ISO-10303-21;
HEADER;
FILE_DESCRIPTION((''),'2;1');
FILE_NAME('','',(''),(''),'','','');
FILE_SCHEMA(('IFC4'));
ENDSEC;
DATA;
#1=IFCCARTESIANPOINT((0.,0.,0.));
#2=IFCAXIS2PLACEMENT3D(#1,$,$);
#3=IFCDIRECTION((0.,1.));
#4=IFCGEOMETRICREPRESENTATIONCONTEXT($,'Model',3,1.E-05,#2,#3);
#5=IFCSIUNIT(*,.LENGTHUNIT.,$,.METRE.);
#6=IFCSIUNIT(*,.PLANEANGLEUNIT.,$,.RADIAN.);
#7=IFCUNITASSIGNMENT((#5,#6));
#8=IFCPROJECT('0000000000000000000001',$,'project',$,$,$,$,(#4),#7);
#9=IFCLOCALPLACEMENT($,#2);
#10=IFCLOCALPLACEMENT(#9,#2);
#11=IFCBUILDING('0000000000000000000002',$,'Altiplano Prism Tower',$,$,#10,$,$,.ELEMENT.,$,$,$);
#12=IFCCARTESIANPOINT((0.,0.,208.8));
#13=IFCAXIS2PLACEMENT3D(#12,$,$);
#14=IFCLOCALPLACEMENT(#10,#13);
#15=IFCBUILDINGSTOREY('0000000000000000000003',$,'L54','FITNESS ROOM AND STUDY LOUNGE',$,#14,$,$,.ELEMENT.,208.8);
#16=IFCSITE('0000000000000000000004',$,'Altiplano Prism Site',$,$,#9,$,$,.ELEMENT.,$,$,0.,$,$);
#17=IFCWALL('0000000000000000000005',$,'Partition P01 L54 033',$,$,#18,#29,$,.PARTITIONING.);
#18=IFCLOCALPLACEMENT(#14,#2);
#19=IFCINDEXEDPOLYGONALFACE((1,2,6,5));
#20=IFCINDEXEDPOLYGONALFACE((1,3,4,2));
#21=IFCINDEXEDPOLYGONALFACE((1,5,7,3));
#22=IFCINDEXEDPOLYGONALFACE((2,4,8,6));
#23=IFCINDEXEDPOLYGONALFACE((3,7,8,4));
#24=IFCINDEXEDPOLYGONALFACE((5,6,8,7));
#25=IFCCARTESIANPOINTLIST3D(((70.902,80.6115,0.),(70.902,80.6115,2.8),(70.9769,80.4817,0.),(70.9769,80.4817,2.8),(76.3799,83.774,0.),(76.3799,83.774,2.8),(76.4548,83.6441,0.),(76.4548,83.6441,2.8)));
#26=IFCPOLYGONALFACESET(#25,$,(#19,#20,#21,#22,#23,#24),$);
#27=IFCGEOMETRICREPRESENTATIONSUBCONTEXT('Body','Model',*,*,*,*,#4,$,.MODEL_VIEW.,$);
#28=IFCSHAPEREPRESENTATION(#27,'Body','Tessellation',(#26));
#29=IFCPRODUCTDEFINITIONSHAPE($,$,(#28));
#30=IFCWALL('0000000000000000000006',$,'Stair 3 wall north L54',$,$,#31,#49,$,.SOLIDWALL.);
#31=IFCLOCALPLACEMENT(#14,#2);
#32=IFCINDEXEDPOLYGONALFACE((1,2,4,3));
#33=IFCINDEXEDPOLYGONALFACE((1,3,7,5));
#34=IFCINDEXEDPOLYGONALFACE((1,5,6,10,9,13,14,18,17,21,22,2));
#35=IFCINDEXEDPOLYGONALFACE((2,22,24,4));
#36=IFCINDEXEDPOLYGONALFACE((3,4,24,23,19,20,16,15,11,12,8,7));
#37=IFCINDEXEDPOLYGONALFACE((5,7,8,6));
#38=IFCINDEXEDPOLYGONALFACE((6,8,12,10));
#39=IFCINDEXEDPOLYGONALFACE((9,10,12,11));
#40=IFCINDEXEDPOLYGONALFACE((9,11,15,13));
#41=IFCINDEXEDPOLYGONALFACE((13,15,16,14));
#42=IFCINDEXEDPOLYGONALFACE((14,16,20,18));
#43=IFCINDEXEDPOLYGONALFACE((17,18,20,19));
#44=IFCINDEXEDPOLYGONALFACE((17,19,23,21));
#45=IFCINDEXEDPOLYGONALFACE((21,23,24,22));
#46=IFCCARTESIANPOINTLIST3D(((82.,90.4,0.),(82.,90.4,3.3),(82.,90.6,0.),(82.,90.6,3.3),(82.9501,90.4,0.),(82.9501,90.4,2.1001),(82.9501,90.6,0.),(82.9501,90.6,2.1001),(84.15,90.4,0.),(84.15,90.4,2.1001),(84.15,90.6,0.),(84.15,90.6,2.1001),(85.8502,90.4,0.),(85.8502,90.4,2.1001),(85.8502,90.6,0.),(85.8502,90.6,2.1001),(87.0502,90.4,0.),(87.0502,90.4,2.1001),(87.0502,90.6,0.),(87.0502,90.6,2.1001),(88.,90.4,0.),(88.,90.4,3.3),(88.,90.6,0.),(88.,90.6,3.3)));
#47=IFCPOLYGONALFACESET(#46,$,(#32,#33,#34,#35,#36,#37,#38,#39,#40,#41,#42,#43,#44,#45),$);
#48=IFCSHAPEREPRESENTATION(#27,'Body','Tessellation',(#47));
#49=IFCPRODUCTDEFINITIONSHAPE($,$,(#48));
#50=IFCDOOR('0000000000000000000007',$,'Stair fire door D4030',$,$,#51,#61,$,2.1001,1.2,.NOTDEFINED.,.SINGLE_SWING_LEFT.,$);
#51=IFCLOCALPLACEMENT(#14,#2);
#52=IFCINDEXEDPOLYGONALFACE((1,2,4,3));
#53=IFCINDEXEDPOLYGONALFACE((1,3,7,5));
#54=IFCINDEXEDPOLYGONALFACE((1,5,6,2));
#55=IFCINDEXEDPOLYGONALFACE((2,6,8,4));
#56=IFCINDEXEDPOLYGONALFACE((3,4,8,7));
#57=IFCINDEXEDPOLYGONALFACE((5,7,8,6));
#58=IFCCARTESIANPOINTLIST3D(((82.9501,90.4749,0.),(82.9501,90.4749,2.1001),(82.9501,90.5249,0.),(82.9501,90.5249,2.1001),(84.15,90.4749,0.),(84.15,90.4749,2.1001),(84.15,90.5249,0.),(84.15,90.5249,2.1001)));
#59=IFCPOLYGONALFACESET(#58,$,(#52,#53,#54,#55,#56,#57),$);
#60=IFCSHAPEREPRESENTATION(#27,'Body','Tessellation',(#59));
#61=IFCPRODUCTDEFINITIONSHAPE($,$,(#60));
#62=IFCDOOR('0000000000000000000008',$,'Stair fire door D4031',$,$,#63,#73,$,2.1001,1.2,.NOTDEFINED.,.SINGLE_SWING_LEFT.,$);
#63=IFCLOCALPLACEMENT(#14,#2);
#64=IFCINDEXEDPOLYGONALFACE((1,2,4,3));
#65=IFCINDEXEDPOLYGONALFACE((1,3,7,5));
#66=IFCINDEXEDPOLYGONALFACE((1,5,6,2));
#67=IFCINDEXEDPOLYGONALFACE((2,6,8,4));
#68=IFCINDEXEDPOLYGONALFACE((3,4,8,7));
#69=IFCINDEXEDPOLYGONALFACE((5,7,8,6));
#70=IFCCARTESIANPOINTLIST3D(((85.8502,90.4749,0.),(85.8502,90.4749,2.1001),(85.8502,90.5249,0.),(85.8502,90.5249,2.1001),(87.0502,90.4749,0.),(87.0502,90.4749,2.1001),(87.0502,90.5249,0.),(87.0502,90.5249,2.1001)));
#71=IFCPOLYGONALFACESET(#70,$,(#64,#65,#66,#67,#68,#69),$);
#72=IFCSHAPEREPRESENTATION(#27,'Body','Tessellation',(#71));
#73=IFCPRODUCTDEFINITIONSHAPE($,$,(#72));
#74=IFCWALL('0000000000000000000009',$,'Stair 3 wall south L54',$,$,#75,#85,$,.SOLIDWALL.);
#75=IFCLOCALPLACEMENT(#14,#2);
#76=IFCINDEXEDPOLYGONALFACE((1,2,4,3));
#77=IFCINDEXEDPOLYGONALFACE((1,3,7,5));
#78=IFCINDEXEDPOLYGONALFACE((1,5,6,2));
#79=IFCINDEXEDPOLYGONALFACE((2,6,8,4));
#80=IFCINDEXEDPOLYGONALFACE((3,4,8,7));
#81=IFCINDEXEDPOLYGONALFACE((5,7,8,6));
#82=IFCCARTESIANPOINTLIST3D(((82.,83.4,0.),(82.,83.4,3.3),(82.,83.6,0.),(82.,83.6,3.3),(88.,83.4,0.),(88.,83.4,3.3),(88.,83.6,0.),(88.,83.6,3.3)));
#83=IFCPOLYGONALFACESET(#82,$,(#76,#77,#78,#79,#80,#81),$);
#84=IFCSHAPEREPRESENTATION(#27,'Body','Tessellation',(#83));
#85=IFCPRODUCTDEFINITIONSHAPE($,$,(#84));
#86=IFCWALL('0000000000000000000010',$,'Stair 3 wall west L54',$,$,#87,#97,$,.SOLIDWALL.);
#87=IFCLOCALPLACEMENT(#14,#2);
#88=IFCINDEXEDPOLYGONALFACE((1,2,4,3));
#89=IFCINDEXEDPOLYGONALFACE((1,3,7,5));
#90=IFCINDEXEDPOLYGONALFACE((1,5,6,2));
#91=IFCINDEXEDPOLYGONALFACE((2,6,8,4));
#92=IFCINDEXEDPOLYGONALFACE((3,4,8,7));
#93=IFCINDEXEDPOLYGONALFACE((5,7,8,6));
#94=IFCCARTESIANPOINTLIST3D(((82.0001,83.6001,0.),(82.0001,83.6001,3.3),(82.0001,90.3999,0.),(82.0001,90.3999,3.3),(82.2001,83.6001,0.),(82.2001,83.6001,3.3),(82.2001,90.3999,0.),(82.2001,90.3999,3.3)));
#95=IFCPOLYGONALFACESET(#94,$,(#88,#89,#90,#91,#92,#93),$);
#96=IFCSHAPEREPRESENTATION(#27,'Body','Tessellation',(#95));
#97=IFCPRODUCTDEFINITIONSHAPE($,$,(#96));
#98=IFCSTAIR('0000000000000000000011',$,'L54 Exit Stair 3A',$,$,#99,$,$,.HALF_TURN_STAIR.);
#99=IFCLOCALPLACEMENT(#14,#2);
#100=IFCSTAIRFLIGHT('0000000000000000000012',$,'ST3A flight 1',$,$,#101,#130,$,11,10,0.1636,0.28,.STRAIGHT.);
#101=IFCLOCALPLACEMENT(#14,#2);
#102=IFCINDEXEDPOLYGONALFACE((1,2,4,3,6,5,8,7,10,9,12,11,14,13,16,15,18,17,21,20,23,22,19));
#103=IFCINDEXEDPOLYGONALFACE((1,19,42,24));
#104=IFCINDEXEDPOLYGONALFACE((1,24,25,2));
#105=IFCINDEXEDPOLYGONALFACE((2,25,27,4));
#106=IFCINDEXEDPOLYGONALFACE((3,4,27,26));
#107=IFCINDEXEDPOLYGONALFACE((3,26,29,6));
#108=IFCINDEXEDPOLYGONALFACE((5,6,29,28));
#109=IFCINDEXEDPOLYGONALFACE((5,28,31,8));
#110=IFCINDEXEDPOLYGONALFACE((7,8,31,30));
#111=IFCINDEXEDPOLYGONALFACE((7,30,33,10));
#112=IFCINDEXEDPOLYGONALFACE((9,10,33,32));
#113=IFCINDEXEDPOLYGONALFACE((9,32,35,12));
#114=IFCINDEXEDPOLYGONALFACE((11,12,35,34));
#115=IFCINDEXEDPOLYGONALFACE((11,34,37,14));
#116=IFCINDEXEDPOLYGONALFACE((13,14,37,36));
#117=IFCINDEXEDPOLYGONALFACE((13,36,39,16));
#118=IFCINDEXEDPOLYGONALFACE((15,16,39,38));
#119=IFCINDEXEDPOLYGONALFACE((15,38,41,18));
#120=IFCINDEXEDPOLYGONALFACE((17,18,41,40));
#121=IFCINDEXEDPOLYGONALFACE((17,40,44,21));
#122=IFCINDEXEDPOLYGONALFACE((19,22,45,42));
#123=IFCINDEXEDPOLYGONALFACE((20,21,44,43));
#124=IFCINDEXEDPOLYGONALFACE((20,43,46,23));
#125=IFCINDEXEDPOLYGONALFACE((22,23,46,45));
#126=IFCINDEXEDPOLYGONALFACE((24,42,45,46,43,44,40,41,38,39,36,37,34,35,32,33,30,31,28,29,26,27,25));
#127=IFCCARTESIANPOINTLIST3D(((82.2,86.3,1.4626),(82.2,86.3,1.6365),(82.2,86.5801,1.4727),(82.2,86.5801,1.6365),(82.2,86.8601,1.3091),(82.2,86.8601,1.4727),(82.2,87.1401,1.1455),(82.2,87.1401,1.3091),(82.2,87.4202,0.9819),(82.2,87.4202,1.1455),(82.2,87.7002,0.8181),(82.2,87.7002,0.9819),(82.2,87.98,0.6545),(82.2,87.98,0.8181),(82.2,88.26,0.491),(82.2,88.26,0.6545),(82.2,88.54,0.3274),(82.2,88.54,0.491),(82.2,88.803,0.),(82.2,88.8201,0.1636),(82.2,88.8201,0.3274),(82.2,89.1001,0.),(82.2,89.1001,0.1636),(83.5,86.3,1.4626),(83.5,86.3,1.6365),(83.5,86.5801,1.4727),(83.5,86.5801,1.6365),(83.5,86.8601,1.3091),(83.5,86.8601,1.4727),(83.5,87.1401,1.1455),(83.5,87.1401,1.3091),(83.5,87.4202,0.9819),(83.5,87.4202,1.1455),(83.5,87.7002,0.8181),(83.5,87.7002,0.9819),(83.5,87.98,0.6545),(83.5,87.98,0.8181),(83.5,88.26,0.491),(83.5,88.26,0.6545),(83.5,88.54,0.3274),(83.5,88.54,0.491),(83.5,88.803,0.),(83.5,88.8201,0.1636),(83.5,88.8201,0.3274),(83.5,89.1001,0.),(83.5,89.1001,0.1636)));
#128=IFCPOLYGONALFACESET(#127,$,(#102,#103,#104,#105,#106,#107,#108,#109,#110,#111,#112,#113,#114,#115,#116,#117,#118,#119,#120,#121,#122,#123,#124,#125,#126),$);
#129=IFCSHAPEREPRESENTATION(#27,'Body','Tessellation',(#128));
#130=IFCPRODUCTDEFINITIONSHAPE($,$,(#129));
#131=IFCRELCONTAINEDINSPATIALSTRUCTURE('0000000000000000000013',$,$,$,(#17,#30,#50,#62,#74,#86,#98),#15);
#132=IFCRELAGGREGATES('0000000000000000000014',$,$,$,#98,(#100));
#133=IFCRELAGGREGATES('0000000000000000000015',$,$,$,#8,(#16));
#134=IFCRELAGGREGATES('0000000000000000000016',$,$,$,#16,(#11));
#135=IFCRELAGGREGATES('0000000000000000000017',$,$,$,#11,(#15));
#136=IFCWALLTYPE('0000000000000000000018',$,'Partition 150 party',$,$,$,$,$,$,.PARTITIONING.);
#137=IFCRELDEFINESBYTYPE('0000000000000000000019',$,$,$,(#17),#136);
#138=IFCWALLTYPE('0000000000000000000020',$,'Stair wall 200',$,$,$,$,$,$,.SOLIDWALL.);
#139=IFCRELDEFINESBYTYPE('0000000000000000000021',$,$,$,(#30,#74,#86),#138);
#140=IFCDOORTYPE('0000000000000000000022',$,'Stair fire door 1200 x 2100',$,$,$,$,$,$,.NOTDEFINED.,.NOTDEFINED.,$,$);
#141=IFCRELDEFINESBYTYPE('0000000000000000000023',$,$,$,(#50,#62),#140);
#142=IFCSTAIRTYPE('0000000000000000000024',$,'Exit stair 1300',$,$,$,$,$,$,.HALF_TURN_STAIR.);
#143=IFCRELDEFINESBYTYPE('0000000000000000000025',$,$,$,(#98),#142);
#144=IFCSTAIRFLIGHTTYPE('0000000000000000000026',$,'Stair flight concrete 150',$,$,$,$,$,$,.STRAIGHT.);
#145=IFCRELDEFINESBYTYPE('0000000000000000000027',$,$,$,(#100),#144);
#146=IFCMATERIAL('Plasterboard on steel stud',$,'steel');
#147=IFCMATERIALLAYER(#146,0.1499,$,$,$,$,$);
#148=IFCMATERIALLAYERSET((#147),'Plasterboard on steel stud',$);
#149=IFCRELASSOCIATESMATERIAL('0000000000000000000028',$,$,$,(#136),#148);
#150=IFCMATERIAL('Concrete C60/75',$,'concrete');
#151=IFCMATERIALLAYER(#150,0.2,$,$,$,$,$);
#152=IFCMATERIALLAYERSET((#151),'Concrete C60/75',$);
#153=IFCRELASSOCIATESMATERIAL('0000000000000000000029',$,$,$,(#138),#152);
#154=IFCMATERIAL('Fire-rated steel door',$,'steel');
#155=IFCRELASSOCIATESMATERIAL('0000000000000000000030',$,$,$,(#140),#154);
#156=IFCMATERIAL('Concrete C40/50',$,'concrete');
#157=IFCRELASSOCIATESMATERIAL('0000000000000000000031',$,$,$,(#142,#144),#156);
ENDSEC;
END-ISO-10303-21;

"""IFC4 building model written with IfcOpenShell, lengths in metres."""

from ifc_helpers import new_model, si_unit, direction, frame, frame_2d, origin, place, context, subcontext, project, spatial, polyline, rectangle, outline, extrude, material, layer, layer_set, type_object, element, fill, aggregate, save


model = new_model("IFC4")

# Units and contexts
model_context = context("Model", 3, precision=1e-05, world=origin(), true_north=direction((0.0, 1.0)))
body_context = subcontext(model_context, "Body", "Model", "MODEL_VIEW")
ifc_project = project(units=[si_unit("LENGTHUNIT", "METRE"), si_unit("PLANEANGLEUNIT", "RADIAN")], contexts=[model_context])

# Site, building, storey
site_placement = place(None, origin())
site = spatial("IfcSite", under=ifc_project, at=site_placement, Name="Altiplano Prism Site", CompositionType="ELEMENT", RefElevation=0.0)
building_placement = place(site_placement, origin())
building = spatial("IfcBuilding", under=site, at=building_placement, Name="Altiplano Prism Tower", CompositionType="ELEMENT")
storey_placement = place(building_placement, frame((0.0, 0.0, 208.8)))
storey = spatial("IfcBuildingStorey", under=building, at=storey_placement, Name="L54", Description="FITNESS ROOM AND STUDY LOUNGE", CompositionType="ELEMENT", Elevation=208.8)

# Shared definitions
ifc_material_1 = material(Name="Concrete C60/75", Category="concrete")

# Shared definitions
ifc_material_2 = material(Name="Plasterboard on steel stud", Category="steel")

# Wall
ifc_layer_1 = layer(ifc_material_2, 0.1499)
ifc_layer_set_1 = layer_set([ifc_layer_1], Name="Plasterboard on steel stud")
wall_type_1 = type_object("IfcWallType", Name="Partition 150 party", PredefinedType="PARTITIONING", material=ifc_layer_set_1)
wall_1_placement = place(storey_placement, frame((70.9395, 80.5466, 0.0), z_axis=(0.0, 0.0, 1.0), x_axis=(0.866042, 0.499971, 0.0)))
element("IfcWall", 1, at=wall_1_placement, inside=storey, type_object=wall_type_1, Name="Partition P01 L54 033", PredefinedType="PARTITIONING", context=body_context, shape_type="SweptSolid", body=[
    extrude(rectangle(XDim=6.3252, YDim=0.1499, at=frame_2d((3.1626, 0.0))), origin(), (0.0, 0.0, 1.0), 2.8),
])

# Wall, openings, doors
ifc_layer_2 = layer(ifc_material_1, 0.2)
ifc_layer_set_2 = layer_set([ifc_layer_2], Name="Concrete C60/75")
wall_type_2 = type_object("IfcWallType", Name="Stair wall 200", PredefinedType="SOLIDWALL", material=ifc_layer_set_2)
wall_2_placement = place(storey_placement, frame((82.0, 90.5, 0.0), z_axis=(0.0, 0.0, 1.0), x_axis=(1.0, 0.0, 0.0)))
wall_2 = element("IfcWall", 2, at=wall_2_placement, inside=storey, type_object=wall_type_2, Name="Stair 3 wall north L54", PredefinedType="SOLIDWALL", context=body_context, shape_type="SweptSolid", body=[
    extrude(rectangle(XDim=6.0, YDim=0.2, at=frame_2d((3.0, 0.0))), origin(), (0.0, 0.0, 1.0), 3.3),
])
opening_1_placement = place(wall_2_placement, frame((0.95, 0.0, 0.0)))
opening_1 = element("IfcOpeningElement", 3, at=opening_1_placement, cuts=wall_2, PredefinedType="OPENING", context=body_context, shape_type="SweptSolid", body=[
    extrude(rectangle(XDim=1.2, YDim=2.1001, at=frame_2d((0.6001, 1.05))), frame((0.0, 0.1104, 0.0), z_axis=(0.0, -1.0, 0.0), x_axis=(1.0, 0.0, 0.0)), (0.0, 0.0, 1.0), 0.2209),
])
opening_2_placement = place(wall_2_placement, frame((3.8501, 0.0, 0.0)))
opening_2 = element("IfcOpeningElement", 4, at=opening_2_placement, cuts=wall_2, PredefinedType="OPENING", context=body_context, shape_type="SweptSolid", body=[
    extrude(rectangle(XDim=1.2, YDim=2.1001, at=frame_2d((0.6001, 1.05))), frame((0.0, 0.1104, 0.0), z_axis=(0.0, -1.0, 0.0), x_axis=(1.0, 0.0, 0.0)), (0.0, 0.0, 1.0), 0.2209),
])
ifc_material_3 = material(Name="Fire-rated steel door", Category="steel")
door_type_1 = type_object("IfcDoorType", Name="Stair fire door 1200 x 2100", OperationType="NOTDEFINED", PredefinedType="NOTDEFINED", material=ifc_material_3)
door_1_placement = place(opening_1_placement, origin())
door_1 = element("IfcDoor", 5, at=door_1_placement, inside=storey, type_object=door_type_1, Name="Stair fire door D4030", OperationType="SINGLE_SWING_LEFT", OverallHeight=2.1001, OverallWidth=1.2, PredefinedType="NOTDEFINED", context=body_context, shape_type="SweptSolid", body=[
    extrude(rectangle(XDim=1.2, YDim=2.1001, at=frame_2d((0.6001, 1.05))), frame((0.0, 0.0249, 0.0), z_axis=(0.0, -1.0, 0.0), x_axis=(1.0, 0.0, 0.0)), (0.0, 0.0, 1.0), 0.05),
])
fill(opening_1, door_1)
door_2_placement = place(opening_2_placement, origin())
door_2 = element("IfcDoor", 6, at=door_2_placement, inside=storey, type_object=door_type_1, Name="Stair fire door D4031", OperationType="SINGLE_SWING_LEFT", OverallHeight=2.1001, OverallWidth=1.2, PredefinedType="NOTDEFINED", context=body_context, shape_type="SweptSolid", body=[
    extrude(rectangle(XDim=1.2, YDim=2.1001, at=frame_2d((0.6001, 1.05))), frame((0.0, 0.0249, 0.0), z_axis=(0.0, -1.0, 0.0), x_axis=(1.0, 0.0, 0.0)), (0.0, 0.0, 1.0), 0.05),
])
fill(opening_2, door_2)

# Walls
wall_3_placement = place(storey_placement, frame((82.0, 83.5, 0.0), z_axis=(0.0, 0.0, 1.0), x_axis=(1.0, 0.0, 0.0)))
element("IfcWall", 7, at=wall_3_placement, inside=storey, type_object=wall_type_2, Name="Stair 3 wall south L54", PredefinedType="SOLIDWALL", context=body_context, shape_type="SweptSolid", body=[
    extrude(rectangle(XDim=6.0, YDim=0.2, at=frame_2d((3.0, 0.0))), origin(), (0.0, 0.0, 1.0), 3.3),
])
wall_4_placement = place(storey_placement, frame((82.1001, 83.6001, 0.0), z_axis=(0.0, 0.0, 1.0), x_axis=(0.0, 1.0, 0.0)))
element("IfcWall", 8, at=wall_4_placement, inside=storey, type_object=wall_type_2, Name="Stair 3 wall west L54", PredefinedType="SOLIDWALL", context=body_context, shape_type="SweptSolid", body=[
    extrude(rectangle(XDim=6.7998, YDim=0.2, at=frame_2d((3.3999, 0.0))), origin(), (0.0, 0.0, 1.0), 3.3),
])

# Stair, stair flight
ifc_material_4 = material(Name="Concrete C40/50", Category="concrete")
stair_type = type_object("IfcStairType", Name="Exit stair 1300", PredefinedType="HALF_TURN_STAIR", material=ifc_material_4)
stair_placement = place(storey_placement, origin())
stair = element("IfcStair", 9, at=stair_placement, inside=storey, type_object=stair_type, Name="L54 Exit Stair 3A", PredefinedType="HALF_TURN_STAIR")
stair_flight_type = type_object("IfcStairFlightType", Name="Stair flight concrete 150", PredefinedType="STRAIGHT", material=ifc_material_4)
stair_flight_placement = place(storey_placement, frame((82.8501, 89.1001, 0.0), z_axis=(0.0, 0.0, 1.0), x_axis=(0.0, -1.0, 0.0)))
stair_flight = element("IfcStairFlight", 10, at=stair_flight_placement, type_object=stair_flight_type, Name="ST3A flight 1", NumberOfRisers=11, NumberOfTreads=10, PredefinedType="STRAIGHT", RiserHeight=0.1636, TreadLength=0.28, context=body_context, shape_type="SweptSolid", body=[
    extrude(outline(polyline([(0.0, 0.0), (0.0, 0.1636), (0.28, 0.1636), (0.28, 0.3274), (0.5601, 0.3274), (0.5601, 0.491), (0.8401, 0.491), (0.8401, 0.6545), (1.1201, 0.6545), (1.1201, 0.8181), (1.3999, 0.8181), (1.3999, 0.9819), (1.6799, 0.9819), (1.6799, 1.1455), (1.96, 1.1455), (1.96, 1.3091), (2.24, 1.3091), (2.24, 1.4727), (2.52, 1.4727), (2.52, 1.6365), (2.8, 1.6365), (2.8, 1.8), (2.8, 1.4626), (0.2971, 0.0), (0.0, 0.0)])), frame((0.0, 0.6499, 0.0), z_axis=(0.0, -1.0, 0.0), x_axis=(1.0, 0.0, 0.0)), (0.0, 0.0, 1.0), 1.3),
])
aggregate(stair, [stair_flight])

save(model, "model.ifc")
